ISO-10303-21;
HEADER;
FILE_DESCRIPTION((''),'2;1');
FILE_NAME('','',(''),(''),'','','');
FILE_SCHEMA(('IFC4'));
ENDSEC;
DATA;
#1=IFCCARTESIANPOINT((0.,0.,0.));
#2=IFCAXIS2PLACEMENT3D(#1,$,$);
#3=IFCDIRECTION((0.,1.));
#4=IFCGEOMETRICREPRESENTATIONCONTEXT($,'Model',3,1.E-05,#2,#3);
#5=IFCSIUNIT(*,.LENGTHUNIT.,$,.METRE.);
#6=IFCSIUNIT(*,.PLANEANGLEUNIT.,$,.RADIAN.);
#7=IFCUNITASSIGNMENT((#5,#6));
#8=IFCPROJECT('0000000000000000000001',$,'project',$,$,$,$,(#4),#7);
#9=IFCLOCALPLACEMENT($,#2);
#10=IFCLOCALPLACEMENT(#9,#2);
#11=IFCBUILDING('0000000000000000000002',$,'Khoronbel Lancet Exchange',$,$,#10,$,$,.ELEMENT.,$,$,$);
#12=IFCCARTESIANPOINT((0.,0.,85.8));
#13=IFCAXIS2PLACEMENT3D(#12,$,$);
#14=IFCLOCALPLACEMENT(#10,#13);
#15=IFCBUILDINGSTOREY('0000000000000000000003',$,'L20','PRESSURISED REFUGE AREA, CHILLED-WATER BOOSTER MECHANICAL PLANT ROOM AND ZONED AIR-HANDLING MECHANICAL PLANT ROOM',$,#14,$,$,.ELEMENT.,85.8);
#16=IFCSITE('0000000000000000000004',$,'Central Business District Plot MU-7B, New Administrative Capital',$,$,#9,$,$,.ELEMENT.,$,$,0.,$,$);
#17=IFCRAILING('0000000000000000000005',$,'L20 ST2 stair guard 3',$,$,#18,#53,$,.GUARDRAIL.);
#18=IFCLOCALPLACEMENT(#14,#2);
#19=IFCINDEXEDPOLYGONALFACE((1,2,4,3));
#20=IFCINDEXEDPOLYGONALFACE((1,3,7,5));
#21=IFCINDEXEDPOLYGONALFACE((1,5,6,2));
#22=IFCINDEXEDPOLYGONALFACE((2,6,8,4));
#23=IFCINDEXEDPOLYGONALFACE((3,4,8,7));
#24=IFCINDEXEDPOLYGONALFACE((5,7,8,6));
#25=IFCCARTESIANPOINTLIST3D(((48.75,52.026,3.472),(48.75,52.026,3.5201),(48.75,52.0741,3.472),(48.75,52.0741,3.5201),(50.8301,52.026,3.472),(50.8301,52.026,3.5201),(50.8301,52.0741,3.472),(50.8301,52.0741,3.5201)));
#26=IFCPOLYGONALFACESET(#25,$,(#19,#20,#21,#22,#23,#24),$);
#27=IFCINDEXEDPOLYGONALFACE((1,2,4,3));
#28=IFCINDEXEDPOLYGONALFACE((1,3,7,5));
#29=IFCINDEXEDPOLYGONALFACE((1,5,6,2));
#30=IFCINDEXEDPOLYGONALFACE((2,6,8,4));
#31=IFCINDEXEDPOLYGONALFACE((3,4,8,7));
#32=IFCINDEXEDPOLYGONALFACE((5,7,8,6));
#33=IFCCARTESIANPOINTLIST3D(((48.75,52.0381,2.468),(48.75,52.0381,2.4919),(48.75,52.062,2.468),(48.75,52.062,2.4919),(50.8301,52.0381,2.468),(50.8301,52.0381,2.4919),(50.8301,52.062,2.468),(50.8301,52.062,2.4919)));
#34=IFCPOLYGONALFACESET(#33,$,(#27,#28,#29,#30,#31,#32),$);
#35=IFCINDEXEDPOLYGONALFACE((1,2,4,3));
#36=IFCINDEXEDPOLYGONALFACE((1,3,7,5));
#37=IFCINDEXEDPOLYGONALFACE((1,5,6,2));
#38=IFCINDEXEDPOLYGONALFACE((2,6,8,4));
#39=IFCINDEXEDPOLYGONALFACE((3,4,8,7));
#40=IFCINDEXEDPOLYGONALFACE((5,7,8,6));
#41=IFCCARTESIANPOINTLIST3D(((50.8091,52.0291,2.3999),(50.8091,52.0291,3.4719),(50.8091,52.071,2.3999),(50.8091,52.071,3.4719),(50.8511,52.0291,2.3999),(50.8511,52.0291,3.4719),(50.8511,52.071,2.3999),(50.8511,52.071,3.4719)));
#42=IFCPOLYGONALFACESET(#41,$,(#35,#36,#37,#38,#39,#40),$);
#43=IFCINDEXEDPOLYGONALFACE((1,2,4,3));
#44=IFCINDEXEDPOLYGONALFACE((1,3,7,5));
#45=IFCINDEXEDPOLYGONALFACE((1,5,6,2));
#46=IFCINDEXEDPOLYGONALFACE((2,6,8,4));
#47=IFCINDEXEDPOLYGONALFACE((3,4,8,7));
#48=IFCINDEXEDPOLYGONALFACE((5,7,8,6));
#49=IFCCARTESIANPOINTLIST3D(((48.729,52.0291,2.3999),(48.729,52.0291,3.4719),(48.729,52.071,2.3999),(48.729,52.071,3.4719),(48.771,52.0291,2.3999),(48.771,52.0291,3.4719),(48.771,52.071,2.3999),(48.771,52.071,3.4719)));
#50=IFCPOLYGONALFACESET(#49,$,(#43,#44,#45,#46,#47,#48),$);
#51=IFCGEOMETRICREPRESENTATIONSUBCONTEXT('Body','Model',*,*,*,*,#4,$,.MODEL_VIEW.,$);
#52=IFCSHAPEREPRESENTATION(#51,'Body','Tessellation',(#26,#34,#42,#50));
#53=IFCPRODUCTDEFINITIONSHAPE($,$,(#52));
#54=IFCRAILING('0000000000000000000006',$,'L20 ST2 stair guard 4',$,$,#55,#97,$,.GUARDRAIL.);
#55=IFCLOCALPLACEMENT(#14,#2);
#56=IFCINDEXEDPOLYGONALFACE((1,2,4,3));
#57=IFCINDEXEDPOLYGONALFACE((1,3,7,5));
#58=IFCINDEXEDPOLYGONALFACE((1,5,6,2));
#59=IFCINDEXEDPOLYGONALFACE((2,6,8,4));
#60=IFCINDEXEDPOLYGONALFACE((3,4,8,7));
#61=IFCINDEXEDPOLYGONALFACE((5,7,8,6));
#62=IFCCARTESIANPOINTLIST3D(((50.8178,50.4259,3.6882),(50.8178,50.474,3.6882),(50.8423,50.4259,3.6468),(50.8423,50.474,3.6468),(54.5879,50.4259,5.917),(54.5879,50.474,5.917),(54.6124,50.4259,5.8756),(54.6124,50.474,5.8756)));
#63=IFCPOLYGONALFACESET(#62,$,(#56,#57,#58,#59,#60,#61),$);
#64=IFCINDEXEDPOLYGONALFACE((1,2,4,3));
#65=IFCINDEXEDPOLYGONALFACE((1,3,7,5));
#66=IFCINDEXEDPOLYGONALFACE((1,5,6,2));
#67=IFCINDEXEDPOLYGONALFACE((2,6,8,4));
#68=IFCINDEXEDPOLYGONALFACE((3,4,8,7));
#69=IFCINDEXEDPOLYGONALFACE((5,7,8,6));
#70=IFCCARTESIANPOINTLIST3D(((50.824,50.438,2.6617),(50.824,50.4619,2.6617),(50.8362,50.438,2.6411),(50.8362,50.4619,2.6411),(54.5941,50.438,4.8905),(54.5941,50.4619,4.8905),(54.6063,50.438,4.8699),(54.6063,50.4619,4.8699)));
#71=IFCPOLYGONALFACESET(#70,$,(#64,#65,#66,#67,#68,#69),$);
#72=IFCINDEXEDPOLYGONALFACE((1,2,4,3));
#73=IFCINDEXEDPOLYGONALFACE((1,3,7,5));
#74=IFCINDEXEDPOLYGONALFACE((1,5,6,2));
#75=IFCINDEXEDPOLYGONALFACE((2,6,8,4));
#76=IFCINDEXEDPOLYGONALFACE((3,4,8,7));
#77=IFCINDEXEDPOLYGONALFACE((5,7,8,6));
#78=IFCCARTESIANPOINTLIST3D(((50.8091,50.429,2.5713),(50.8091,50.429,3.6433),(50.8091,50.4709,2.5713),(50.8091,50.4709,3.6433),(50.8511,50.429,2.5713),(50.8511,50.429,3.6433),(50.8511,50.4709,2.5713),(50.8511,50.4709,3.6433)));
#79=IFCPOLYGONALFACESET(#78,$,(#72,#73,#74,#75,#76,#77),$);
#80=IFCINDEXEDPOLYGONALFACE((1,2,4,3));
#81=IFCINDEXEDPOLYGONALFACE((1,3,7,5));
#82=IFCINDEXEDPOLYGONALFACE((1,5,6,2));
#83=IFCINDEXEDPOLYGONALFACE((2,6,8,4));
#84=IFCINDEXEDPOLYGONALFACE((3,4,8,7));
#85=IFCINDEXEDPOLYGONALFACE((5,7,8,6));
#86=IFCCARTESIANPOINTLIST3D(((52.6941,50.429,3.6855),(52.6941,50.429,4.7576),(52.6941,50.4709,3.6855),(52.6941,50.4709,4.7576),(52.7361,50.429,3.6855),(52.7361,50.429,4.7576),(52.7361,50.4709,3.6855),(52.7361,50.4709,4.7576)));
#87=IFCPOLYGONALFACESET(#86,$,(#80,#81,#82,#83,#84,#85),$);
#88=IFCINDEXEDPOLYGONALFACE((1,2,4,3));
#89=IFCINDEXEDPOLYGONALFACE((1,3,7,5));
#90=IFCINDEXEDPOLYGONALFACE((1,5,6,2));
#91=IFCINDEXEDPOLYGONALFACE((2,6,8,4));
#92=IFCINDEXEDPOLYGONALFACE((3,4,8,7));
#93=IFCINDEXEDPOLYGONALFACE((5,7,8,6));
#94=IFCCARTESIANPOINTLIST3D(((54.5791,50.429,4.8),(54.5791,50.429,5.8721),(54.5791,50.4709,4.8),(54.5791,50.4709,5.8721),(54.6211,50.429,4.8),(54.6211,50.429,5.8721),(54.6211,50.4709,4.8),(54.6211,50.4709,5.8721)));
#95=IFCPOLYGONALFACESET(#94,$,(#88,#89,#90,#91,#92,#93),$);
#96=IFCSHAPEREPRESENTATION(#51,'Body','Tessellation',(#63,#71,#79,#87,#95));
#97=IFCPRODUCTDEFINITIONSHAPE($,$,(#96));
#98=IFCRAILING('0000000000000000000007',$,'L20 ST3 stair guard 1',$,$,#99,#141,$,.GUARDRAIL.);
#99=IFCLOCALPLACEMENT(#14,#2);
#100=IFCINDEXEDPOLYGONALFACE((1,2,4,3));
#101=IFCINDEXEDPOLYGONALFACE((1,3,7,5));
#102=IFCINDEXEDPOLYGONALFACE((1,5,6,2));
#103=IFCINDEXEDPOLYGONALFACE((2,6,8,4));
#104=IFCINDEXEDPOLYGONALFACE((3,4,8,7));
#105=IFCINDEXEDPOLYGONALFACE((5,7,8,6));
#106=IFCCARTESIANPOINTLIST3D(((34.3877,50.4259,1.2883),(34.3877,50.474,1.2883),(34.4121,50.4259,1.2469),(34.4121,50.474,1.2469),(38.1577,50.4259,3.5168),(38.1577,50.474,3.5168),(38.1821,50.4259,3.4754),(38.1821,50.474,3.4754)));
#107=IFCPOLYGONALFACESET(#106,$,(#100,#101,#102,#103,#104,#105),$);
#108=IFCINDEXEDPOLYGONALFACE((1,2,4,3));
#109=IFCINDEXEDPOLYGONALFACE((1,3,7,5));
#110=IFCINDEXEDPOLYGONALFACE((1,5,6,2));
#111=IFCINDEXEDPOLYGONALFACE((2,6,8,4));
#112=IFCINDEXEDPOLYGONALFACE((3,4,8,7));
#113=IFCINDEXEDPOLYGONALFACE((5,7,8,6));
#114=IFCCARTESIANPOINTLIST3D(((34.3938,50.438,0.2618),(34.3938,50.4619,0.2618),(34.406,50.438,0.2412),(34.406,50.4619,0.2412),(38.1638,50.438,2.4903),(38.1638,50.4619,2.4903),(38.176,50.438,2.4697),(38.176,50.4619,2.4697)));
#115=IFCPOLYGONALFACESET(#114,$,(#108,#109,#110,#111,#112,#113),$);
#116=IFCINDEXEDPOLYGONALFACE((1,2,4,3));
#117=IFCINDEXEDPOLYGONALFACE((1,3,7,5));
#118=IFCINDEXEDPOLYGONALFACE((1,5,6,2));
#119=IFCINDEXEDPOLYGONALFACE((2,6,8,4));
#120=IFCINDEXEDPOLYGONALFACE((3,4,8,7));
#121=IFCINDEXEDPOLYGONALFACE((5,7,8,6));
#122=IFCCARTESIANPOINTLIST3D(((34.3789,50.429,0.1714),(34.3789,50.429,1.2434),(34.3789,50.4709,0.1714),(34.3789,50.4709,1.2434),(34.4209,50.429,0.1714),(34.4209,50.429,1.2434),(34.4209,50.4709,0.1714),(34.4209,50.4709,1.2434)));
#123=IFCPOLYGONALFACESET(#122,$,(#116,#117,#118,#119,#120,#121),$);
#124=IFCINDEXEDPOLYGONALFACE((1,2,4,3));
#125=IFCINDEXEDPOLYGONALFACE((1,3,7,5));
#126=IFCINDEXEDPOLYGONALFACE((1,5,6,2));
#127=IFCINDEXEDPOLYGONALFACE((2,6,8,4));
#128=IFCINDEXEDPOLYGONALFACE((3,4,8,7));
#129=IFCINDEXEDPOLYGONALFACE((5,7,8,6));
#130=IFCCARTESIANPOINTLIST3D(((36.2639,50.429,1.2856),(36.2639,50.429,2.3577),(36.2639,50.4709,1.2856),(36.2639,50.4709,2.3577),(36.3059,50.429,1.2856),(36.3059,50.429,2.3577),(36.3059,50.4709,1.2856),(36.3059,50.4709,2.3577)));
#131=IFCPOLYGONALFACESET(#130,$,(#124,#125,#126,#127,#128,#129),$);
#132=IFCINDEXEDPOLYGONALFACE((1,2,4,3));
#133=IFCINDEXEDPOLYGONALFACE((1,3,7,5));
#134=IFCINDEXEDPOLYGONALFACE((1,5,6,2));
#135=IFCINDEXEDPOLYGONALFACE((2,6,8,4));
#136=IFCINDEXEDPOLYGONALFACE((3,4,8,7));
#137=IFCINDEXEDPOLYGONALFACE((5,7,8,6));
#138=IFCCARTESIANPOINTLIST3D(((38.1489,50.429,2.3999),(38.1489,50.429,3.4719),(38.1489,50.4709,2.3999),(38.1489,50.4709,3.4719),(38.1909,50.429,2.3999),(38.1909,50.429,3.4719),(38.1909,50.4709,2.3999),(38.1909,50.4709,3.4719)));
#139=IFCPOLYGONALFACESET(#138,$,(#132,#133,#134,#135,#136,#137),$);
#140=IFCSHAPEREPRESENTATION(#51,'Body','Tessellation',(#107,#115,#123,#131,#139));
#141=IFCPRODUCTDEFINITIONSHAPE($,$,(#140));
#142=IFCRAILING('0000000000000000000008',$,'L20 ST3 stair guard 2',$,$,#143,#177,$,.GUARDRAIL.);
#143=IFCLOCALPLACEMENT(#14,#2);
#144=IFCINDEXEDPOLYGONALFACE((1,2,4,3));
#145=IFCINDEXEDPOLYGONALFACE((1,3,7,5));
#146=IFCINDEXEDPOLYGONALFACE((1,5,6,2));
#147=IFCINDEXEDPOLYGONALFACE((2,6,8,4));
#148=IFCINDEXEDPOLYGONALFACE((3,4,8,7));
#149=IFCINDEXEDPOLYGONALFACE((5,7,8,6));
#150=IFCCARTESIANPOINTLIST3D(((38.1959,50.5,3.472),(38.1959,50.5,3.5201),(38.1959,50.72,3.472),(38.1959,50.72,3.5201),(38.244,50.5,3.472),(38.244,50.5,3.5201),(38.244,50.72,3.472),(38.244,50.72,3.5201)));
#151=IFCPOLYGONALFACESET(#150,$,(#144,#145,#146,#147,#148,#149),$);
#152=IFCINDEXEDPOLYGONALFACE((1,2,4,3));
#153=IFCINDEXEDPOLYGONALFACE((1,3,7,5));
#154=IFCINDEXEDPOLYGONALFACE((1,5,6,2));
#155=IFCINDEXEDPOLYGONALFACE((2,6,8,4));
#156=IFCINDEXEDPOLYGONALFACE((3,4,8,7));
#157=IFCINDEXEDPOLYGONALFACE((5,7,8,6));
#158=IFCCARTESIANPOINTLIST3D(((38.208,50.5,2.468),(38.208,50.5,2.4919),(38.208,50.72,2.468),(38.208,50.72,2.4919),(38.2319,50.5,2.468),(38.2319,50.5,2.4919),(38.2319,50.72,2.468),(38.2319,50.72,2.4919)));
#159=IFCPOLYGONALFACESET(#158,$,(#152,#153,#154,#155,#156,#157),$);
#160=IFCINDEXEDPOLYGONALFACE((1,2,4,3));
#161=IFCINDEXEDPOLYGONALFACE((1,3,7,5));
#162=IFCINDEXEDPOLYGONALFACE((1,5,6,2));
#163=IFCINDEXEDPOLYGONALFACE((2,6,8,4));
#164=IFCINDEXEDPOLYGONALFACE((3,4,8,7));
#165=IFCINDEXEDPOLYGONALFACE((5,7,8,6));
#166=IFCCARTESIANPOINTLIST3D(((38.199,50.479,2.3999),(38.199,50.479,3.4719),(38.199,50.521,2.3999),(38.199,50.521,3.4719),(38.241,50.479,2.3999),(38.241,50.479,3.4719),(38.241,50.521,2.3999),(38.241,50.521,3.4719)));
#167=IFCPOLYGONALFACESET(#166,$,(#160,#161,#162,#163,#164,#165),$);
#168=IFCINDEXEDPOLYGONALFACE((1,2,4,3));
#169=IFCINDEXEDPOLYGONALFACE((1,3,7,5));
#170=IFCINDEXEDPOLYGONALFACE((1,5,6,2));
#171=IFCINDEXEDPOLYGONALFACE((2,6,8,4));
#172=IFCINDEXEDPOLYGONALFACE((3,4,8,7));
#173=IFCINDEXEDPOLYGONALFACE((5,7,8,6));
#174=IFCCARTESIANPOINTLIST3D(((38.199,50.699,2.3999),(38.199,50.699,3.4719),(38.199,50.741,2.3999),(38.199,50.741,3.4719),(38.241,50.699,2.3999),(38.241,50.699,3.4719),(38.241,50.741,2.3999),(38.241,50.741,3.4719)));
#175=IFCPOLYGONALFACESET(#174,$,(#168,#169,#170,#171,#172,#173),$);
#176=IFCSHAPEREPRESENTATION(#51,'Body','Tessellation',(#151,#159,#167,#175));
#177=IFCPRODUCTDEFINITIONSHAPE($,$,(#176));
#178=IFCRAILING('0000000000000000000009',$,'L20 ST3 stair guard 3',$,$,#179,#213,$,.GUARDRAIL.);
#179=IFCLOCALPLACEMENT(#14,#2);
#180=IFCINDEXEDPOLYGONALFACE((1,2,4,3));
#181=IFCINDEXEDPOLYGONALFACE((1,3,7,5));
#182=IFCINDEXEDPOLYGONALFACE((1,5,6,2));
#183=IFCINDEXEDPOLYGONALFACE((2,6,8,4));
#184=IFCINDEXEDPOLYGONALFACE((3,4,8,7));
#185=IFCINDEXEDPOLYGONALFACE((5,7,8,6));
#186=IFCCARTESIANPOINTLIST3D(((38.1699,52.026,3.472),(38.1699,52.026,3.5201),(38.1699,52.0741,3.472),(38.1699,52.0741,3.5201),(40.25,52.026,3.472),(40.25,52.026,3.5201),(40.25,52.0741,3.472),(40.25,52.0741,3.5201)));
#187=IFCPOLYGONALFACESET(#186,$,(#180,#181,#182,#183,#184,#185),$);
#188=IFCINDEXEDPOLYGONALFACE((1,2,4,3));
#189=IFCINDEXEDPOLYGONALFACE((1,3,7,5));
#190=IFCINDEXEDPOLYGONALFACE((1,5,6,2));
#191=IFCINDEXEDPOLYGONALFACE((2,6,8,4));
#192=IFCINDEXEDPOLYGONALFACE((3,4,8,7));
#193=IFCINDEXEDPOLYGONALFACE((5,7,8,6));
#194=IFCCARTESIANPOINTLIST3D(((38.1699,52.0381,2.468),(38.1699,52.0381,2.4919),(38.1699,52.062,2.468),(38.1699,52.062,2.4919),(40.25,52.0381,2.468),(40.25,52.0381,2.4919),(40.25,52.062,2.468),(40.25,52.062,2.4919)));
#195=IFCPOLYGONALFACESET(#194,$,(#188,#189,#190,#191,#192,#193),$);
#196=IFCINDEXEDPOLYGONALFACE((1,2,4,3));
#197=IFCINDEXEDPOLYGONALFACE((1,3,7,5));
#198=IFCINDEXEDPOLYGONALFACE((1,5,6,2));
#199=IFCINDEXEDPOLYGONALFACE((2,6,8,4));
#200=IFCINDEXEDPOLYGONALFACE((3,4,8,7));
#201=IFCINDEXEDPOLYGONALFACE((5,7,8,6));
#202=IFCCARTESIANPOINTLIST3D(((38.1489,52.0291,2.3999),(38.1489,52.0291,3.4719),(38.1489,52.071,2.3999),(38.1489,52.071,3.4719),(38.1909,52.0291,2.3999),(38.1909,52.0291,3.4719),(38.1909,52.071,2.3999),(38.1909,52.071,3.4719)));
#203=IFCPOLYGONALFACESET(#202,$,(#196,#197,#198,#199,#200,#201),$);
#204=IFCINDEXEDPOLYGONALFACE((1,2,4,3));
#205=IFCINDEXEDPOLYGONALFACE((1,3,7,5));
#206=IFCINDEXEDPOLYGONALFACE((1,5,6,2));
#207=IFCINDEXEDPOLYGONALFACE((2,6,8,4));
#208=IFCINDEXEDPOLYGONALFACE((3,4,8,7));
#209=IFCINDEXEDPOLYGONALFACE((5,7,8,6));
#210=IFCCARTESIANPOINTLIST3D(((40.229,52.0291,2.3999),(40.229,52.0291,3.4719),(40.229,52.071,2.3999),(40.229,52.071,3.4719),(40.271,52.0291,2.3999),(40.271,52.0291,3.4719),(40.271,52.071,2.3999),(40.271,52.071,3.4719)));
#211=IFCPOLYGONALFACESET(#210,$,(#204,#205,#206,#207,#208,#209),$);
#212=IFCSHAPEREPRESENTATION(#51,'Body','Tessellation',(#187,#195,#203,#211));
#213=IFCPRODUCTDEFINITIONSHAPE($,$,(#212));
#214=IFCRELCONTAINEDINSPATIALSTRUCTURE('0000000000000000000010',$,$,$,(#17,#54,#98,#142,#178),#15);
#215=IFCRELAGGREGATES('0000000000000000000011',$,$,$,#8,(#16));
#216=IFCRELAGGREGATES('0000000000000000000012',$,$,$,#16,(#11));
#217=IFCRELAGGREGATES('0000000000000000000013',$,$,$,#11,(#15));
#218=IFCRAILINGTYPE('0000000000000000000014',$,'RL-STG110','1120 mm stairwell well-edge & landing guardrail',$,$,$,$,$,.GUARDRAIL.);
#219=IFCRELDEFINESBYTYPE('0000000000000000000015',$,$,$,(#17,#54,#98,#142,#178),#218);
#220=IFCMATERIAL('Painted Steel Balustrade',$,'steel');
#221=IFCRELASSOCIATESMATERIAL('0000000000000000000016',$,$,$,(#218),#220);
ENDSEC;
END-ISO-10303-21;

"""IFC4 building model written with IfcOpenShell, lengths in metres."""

from ifc_helpers import new_model, si_unit, direction, frame, origin, origin_2d, place, context, subcontext, project, spatial, rectangle, extrude, material, type_object, element, save


model = new_model("IFC4")

# Units and contexts
model_context = context("Model", 3, precision=1e-05, world=origin(), true_north=direction((0.0, 1.0)))
body_context = subcontext(model_context, "Body", "Model", "MODEL_VIEW")
ifc_project = project(units=[si_unit("LENGTHUNIT", "METRE"), si_unit("PLANEANGLEUNIT", "RADIAN")], contexts=[model_context])

# Site, building, storey
site_placement = place(None, origin())
site = spatial("IfcSite", under=ifc_project, at=site_placement, Name="Central Business District Plot MU-7B, New Administrative Capital", CompositionType="ELEMENT", RefElevation=0.0)
building_placement = place(site_placement, origin())
building = spatial("IfcBuilding", under=site, at=building_placement, Name="Khoronbel Lancet Exchange", CompositionType="ELEMENT")
storey_placement = place(building_placement, frame((0.0, 0.0, 85.8)))
storey = spatial("IfcBuildingStorey", under=building, at=storey_placement, Name="L20", Description="PRESSURISED REFUGE AREA, CHILLED-WATER BOOSTER MECHANICAL PLANT ROOM AND ZONED AIR-HANDLING MECHANICAL PLANT ROOM", CompositionType="ELEMENT", Elevation=85.8)

# Railings
ifc_material_1 = material(Name="Painted Steel Balustrade", Category="steel")
railing_type_1 = type_object("IfcRailingType", Name="RL-STG110", Description="1120 mm stairwell well-edge & landing guardrail", PredefinedType="GUARDRAIL", material=ifc_material_1)
railing_1_placement = place(storey_placement, frame((50.8301, 52.05, 2.3999)))
element("IfcRailing", 1, at=railing_1_placement, inside=storey, type_object=railing_type_1, Name="L20 ST2 stair guard 3", PredefinedType="GUARDRAIL", context=body_context, shape_type="SweptSolid", body=[
    extrude(rectangle(XDim=0.0481, YDim=0.0481, at=origin_2d()), frame((0.0, 0.0, 1.0962), z_axis=(-1.0, 0.0, 0.0), x_axis=(0.0, -1.0, 0.0)), (0.0, 0.0, 1.0), 2.0801),
    extrude(rectangle(XDim=0.0239, YDim=0.0239, at=origin_2d()), frame((0.0, 0.0, 0.0801), z_axis=(-1.0, 0.0, 0.0), x_axis=(0.0, -1.0, 0.0)), (0.0, 0.0, 1.0), 2.0801),
    extrude(rectangle(XDim=0.042, YDim=0.042, at=origin_2d()), origin(), (0.0, 0.0, 1.0), 1.072),
    extrude(rectangle(XDim=0.042, YDim=0.042, at=origin_2d()), frame((-2.0801, 0.0, 0.0)), (0.0, 0.0, 1.0), 1.072),
])
railing_2_placement = place(storey_placement, frame((50.8301, 50.45, 2.5713)))
element("IfcRailing", 2, at=railing_2_placement, inside=storey, type_object=railing_type_1, Name="L20 ST2 stair guard 4", PredefinedType="GUARDRAIL", context=body_context, shape_type="SweptSolid", body=[
    extrude(rectangle(XDim=0.0481, YDim=0.0481, at=origin_2d()), frame((0.0, 0.0, 1.0962), z_axis=(0.860824, 0.0, 0.508902), x_axis=(0.0, 1.0, 0.0)), (0.0, 0.0, 1.0), 4.3796),
    extrude(rectangle(XDim=0.0239, YDim=0.0239, at=origin_2d()), frame((0.0, 0.0, 0.0801), z_axis=(0.860824, 0.0, 0.508902), x_axis=(0.0, 1.0, 0.0)), (0.0, 0.0, 1.0), 4.3796),
    extrude(rectangle(XDim=0.042, YDim=0.042, at=origin_2d()), origin(), (0.0, 0.0, 1.0), 1.072),
    extrude(rectangle(XDim=0.042, YDim=0.042, at=origin_2d()), frame((1.885, 0.0, 1.1143)), (0.0, 0.0, 1.0), 1.072),
    extrude(rectangle(XDim=0.042, YDim=0.042, at=origin_2d()), frame((3.77, 0.0, 2.2288)), (0.0, 0.0, 1.0), 1.072),
])
railing_3_placement = place(storey_placement, frame((34.3999, 50.45, 0.1714)))
element("IfcRailing", 3, at=railing_3_placement, inside=storey, type_object=railing_type_1, Name="L20 ST3 stair guard 1", PredefinedType="GUARDRAIL", context=body_context, shape_type="SweptSolid", body=[
    extrude(rectangle(XDim=0.0481, YDim=0.0481, at=origin_2d()), frame((0.0, 0.0, 1.0962), z_axis=(0.860849, 0.0, 0.508861), x_axis=(0.0, 1.0, 0.0)), (0.0, 0.0, 1.0), 4.3794),
    extrude(rectangle(XDim=0.0239, YDim=0.0239, at=origin_2d()), frame((0.0, 0.0, 0.0801), z_axis=(0.860849, 0.0, 0.508861), x_axis=(0.0, 1.0, 0.0)), (0.0, 0.0, 1.0), 4.3794),
    extrude(rectangle(XDim=0.042, YDim=0.042, at=origin_2d()), origin(), (0.0, 0.0, 1.0), 1.072),
    extrude(rectangle(XDim=0.042, YDim=0.042, at=origin_2d()), frame((1.885, 0.0, 1.1143)), (0.0, 0.0, 1.0), 1.072),
    extrude(rectangle(XDim=0.042, YDim=0.042, at=origin_2d()), frame((3.77, 0.0, 2.2285)), (0.0, 0.0, 1.0), 1.072),
])
railing_4_placement = place(storey_placement, frame((38.22, 50.5, 2.3999)))
element("IfcRailing", 4, at=railing_4_placement, inside=storey, type_object=railing_type_1, Name="L20 ST3 stair guard 2", PredefinedType="GUARDRAIL", context=body_context, shape_type="SweptSolid", body=[
    extrude(rectangle(XDim=0.0481, YDim=0.0481, at=origin_2d()), frame((0.0, 0.0, 1.0962), z_axis=(0.0, 1.0, 0.0), x_axis=(-1.0, 0.0, 0.0)), (0.0, 0.0, 1.0), 0.22),
    extrude(rectangle(XDim=0.0239, YDim=0.0239, at=origin_2d()), frame((0.0, 0.0, 0.0801), z_axis=(0.0, 1.0, 0.0), x_axis=(-1.0, 0.0, 0.0)), (0.0, 0.0, 1.0), 0.22),
    extrude(rectangle(XDim=0.042, YDim=0.042, at=origin_2d()), origin(), (0.0, 0.0, 1.0), 1.072),
    extrude(rectangle(XDim=0.042, YDim=0.042, at=origin_2d()), frame((0.0, 0.22, 0.0)), (0.0, 0.0, 1.0), 1.072),
])
railing_5_placement = place(storey_placement, frame((38.1699, 52.05, 2.3999)))
element("IfcRailing", 5, at=railing_5_placement, inside=storey, type_object=railing_type_1, Name="L20 ST3 stair guard 3", PredefinedType="GUARDRAIL", context=body_context, shape_type="SweptSolid", body=[
    extrude(rectangle(XDim=0.0481, YDim=0.0481, at=origin_2d()), frame((0.0, 0.0, 1.0962), z_axis=(1.0, 0.0, 0.0), x_axis=(0.0, 1.0, 0.0)), (0.0, 0.0, 1.0), 2.0801),
    extrude(rectangle(XDim=0.0239, YDim=0.0239, at=origin_2d()), frame((0.0, 0.0, 0.0801), z_axis=(1.0, 0.0, 0.0), x_axis=(0.0, 1.0, 0.0)), (0.0, 0.0, 1.0), 2.0801),
    extrude(rectangle(XDim=0.042, YDim=0.042, at=origin_2d()), origin(), (0.0, 0.0, 1.0), 1.072),
    extrude(rectangle(XDim=0.042, YDim=0.042, at=origin_2d()), frame((2.0801, 0.0, 0.0)), (0.0, 0.0, 1.0), 1.072),
])

save(model, "model.ifc")
